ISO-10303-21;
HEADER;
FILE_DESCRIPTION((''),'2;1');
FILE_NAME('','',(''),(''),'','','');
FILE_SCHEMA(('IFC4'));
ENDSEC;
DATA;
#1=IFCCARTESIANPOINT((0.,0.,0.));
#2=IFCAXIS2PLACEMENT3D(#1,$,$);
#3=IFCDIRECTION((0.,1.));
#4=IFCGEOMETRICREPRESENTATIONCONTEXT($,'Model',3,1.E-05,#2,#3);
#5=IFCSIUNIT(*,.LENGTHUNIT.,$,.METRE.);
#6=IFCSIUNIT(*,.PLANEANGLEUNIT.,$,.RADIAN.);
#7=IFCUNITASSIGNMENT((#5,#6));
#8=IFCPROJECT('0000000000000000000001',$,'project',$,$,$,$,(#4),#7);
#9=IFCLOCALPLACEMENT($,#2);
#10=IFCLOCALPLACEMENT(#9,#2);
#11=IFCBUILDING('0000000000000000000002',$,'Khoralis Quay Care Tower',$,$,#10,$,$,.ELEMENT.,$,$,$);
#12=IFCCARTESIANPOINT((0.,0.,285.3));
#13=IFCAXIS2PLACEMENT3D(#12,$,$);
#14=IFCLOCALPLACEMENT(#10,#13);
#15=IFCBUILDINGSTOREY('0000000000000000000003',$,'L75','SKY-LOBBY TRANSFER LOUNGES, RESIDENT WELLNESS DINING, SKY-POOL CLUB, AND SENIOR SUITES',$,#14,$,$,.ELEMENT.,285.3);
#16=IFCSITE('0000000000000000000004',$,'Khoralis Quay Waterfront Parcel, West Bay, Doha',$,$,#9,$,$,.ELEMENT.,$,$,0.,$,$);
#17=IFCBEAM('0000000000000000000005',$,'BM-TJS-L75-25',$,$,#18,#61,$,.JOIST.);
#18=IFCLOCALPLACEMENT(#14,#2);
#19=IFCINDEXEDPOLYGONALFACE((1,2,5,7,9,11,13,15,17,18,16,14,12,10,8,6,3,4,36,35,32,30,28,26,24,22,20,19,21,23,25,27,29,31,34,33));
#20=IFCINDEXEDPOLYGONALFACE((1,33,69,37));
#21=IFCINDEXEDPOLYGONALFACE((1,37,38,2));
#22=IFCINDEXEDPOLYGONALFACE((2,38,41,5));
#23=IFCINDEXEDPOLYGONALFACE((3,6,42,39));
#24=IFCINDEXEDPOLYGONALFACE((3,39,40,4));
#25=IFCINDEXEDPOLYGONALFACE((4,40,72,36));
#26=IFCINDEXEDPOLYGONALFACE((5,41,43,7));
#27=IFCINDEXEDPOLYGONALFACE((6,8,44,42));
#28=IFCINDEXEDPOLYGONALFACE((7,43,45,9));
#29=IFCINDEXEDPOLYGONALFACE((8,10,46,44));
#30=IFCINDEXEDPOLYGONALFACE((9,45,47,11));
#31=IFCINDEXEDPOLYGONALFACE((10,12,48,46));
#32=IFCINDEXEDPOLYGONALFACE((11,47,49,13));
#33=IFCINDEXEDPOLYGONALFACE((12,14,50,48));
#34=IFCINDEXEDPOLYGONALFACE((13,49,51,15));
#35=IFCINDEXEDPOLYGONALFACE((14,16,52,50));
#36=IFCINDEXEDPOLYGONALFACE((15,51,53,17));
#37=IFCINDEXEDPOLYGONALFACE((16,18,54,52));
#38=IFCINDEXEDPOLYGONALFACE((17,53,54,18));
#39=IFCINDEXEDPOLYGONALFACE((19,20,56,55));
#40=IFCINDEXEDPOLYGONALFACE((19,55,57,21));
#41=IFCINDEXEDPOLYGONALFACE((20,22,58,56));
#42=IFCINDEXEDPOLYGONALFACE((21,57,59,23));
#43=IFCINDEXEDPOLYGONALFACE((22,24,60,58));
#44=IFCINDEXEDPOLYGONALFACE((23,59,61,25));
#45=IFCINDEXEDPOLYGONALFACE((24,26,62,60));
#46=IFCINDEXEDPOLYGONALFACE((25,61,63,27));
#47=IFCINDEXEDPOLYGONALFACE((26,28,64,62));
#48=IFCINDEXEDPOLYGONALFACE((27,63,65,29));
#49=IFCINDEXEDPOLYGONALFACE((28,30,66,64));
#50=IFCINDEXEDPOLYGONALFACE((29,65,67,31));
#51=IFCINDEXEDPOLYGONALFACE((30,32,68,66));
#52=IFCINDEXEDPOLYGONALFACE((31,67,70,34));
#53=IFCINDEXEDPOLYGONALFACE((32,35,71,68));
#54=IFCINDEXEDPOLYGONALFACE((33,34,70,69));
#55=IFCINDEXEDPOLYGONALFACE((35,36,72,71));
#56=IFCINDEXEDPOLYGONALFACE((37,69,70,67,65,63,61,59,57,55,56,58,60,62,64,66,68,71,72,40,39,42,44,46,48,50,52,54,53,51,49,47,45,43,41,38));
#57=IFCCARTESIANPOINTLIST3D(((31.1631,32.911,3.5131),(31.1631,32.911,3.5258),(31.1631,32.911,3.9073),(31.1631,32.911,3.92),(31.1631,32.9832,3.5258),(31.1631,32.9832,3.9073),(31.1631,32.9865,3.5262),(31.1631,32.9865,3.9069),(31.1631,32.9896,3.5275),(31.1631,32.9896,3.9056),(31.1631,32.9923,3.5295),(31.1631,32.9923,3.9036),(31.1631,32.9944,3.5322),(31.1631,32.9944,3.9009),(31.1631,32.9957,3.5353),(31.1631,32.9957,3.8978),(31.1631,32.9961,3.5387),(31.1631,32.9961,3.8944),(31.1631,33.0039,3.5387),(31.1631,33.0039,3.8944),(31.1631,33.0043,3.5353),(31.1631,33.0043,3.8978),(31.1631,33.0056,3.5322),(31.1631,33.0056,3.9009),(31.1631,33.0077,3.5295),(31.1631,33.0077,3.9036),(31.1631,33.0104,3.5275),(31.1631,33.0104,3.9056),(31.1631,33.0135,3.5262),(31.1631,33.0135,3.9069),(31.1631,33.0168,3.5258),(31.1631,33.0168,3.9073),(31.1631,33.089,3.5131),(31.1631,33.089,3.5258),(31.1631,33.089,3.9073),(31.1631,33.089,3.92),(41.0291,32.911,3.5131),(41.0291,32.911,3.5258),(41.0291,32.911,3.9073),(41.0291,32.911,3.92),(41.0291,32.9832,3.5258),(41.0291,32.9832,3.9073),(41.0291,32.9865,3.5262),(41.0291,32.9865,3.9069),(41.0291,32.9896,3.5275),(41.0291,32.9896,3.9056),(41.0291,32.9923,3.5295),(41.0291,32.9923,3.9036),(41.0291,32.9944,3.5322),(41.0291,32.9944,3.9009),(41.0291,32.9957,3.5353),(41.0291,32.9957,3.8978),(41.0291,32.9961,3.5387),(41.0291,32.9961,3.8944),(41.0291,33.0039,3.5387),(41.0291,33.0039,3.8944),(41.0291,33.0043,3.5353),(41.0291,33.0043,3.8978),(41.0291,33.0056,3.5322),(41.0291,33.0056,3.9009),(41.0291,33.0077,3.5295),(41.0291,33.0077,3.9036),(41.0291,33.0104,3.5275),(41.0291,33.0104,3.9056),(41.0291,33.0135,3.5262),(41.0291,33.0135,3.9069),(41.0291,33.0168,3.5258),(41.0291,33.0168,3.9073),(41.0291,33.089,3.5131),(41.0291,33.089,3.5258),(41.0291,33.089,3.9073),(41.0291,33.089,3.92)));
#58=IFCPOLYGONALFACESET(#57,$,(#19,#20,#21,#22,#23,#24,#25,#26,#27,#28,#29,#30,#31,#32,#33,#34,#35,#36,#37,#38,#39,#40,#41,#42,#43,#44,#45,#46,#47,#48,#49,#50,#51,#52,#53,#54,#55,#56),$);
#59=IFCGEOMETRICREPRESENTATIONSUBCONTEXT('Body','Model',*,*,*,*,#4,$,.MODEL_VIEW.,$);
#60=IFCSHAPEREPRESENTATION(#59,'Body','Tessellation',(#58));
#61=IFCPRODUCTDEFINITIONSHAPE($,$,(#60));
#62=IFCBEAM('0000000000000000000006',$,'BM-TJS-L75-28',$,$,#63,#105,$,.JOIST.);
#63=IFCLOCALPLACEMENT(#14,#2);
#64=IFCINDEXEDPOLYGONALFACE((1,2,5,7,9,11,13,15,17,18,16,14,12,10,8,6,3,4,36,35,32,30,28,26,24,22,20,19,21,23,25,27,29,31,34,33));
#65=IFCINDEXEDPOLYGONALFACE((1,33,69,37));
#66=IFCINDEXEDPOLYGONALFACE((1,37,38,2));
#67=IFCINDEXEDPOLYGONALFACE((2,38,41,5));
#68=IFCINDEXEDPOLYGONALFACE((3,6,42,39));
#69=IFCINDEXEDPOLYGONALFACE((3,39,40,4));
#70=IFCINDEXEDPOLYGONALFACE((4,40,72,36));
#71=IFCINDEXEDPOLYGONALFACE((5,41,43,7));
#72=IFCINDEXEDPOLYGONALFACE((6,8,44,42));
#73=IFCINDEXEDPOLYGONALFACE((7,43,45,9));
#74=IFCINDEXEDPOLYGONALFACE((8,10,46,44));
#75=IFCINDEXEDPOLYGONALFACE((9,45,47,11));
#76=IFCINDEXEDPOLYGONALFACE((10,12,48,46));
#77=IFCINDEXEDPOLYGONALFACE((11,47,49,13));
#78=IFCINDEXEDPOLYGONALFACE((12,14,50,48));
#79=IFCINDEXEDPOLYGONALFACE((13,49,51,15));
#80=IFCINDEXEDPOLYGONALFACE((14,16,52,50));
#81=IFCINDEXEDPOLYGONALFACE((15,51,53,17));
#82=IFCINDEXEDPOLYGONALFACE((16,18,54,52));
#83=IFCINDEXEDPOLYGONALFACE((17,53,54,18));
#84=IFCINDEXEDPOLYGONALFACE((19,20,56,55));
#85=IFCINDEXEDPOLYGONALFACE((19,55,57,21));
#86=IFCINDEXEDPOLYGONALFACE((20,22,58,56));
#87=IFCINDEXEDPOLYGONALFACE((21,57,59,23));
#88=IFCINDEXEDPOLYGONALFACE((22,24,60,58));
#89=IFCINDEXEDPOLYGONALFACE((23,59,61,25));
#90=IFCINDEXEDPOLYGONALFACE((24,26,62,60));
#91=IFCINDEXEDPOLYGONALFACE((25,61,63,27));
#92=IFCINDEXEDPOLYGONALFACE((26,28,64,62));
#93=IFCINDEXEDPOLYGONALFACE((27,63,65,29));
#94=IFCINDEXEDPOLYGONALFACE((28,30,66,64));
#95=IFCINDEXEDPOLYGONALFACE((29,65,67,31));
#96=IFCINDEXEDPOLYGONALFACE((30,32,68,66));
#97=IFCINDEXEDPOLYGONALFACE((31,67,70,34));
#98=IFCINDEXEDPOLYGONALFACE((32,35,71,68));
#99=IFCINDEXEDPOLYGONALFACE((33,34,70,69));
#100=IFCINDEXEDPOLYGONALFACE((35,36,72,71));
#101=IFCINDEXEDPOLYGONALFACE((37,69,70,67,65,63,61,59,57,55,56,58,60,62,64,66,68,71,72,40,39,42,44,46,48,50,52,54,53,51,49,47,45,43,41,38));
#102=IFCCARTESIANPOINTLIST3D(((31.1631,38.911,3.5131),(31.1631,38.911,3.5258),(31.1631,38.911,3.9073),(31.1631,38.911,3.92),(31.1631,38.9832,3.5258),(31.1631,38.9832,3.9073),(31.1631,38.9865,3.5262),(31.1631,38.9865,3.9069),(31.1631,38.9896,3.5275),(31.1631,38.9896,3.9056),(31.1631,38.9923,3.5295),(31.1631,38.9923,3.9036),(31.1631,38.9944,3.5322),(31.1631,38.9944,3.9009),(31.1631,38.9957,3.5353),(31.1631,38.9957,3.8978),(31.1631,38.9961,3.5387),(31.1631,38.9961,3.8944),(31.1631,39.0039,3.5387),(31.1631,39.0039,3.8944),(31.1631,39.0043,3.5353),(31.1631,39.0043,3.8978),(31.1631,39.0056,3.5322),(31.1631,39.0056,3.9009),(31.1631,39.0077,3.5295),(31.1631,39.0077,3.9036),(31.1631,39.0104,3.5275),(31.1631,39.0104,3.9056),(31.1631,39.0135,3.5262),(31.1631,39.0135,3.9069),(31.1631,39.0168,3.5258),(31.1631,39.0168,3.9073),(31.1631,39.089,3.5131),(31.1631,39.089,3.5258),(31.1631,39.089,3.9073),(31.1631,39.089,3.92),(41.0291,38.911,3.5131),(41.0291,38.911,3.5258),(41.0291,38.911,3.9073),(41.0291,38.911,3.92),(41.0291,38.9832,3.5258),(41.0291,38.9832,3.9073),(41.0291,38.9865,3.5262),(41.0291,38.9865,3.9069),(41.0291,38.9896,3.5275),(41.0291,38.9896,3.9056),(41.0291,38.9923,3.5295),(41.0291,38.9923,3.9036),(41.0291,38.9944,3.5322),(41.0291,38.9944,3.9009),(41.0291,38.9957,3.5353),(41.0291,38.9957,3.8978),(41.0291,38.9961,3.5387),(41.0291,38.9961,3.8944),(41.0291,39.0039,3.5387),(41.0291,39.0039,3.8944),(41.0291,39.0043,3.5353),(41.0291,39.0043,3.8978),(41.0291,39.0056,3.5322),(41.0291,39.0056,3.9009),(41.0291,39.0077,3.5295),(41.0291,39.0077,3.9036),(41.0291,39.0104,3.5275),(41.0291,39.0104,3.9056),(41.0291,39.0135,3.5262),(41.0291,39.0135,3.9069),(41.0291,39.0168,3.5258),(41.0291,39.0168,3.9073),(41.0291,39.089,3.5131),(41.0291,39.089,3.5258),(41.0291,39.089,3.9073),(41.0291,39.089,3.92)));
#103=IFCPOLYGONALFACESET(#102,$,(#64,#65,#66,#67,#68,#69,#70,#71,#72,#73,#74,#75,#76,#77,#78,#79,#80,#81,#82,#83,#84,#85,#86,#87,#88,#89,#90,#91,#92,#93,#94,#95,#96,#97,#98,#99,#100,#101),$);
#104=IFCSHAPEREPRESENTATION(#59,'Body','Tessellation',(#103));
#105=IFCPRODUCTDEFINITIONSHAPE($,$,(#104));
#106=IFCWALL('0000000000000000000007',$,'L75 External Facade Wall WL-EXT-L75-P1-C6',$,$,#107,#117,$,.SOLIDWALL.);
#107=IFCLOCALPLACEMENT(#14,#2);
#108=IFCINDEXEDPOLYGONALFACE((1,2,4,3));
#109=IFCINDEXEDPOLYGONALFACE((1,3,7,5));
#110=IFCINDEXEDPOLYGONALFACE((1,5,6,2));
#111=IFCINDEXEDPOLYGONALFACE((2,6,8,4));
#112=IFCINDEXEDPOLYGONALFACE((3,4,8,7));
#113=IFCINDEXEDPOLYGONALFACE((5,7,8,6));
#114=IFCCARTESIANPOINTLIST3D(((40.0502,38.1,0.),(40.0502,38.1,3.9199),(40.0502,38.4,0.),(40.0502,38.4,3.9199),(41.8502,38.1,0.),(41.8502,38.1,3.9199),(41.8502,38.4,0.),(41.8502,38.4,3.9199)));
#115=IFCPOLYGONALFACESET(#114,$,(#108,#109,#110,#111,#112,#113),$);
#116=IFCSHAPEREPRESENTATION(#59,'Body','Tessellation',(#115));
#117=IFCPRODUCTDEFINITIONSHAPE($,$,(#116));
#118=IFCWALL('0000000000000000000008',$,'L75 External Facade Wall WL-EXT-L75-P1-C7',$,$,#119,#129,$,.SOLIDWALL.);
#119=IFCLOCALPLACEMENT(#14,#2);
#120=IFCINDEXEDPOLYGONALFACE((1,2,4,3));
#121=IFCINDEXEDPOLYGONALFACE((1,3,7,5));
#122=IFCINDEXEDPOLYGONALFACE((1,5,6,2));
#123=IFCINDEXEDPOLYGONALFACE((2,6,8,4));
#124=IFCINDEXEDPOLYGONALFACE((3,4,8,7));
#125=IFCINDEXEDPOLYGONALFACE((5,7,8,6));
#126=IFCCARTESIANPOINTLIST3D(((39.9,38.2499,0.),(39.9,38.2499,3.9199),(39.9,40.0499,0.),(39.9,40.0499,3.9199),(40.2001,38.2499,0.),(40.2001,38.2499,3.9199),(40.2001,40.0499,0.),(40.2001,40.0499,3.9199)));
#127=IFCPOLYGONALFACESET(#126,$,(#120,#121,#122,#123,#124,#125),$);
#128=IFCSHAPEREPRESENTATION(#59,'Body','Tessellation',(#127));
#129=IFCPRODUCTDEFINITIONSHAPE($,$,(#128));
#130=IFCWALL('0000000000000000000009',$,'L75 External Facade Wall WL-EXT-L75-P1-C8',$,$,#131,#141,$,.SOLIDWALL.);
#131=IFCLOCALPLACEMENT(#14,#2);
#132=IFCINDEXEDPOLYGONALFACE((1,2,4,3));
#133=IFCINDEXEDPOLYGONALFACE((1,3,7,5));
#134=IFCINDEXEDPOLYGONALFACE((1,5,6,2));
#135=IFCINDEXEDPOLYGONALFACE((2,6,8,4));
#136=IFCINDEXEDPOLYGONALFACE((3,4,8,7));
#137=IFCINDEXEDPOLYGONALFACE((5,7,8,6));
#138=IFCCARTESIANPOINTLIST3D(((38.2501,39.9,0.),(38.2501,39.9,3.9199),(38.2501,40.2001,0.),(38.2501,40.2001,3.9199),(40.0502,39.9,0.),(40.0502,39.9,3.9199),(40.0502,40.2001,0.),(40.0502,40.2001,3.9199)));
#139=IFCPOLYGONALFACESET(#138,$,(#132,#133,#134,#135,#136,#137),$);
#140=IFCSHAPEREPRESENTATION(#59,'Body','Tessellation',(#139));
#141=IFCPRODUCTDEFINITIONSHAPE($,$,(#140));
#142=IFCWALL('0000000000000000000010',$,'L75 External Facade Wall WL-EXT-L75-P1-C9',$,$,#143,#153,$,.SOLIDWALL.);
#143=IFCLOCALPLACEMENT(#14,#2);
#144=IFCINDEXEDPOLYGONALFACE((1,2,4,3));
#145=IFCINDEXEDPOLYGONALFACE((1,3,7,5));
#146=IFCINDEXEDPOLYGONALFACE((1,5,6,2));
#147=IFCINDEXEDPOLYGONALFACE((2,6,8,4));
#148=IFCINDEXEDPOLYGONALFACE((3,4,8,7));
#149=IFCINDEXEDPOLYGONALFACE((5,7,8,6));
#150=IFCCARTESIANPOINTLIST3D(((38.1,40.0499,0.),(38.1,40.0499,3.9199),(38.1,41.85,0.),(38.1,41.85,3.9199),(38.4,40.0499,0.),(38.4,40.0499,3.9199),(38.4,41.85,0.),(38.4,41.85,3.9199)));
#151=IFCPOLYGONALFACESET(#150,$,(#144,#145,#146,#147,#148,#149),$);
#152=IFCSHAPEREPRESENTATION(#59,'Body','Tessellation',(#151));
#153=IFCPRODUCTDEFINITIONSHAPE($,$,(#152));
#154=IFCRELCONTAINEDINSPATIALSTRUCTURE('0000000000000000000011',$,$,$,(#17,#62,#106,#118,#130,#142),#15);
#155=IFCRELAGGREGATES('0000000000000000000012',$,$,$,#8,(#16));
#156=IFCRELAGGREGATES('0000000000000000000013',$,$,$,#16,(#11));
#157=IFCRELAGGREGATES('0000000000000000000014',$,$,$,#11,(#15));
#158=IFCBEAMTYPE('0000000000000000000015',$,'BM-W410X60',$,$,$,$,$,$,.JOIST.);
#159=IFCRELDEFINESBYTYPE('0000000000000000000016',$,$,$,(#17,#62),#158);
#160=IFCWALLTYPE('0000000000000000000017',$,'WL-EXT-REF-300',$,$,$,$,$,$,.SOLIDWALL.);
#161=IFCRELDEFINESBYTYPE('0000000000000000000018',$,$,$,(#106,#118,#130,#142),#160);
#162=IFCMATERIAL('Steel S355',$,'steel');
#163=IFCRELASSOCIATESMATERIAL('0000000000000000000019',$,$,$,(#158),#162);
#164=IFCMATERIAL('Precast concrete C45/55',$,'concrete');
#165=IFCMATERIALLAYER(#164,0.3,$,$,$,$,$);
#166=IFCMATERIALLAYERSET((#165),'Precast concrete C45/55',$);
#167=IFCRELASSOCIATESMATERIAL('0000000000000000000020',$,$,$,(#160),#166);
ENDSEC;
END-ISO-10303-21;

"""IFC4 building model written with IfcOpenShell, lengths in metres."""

from ifc_helpers import new_model, si_unit, direction, frame, frame_2d, origin, origin_2d, place, context, subcontext, project, spatial, rectangle, i_section, extrude, source, transform, mapped, material, layer, layer_set, material_profile, profile_set, type_object, element, save


model = new_model("IFC4")

# Units and contexts
model_context = context("Model", 3, precision=1e-05, world=origin(), true_north=direction((0.0, 1.0)))
body_context = subcontext(model_context, "Body", "Model", "MODEL_VIEW")
ifc_project = project(units=[si_unit("LENGTHUNIT", "METRE"), si_unit("PLANEANGLEUNIT", "RADIAN")], contexts=[model_context])

# Site, building, storey
site_placement = place(None, origin())
site = spatial("IfcSite", under=ifc_project, at=site_placement, Name="Khoralis Quay Waterfront Parcel, West Bay, Doha", CompositionType="ELEMENT", RefElevation=0.0)
building_placement = place(site_placement, origin())
building = spatial("IfcBuilding", under=site, at=building_placement, Name="Khoralis Quay Care Tower", CompositionType="ELEMENT")
storey_placement = place(building_placement, frame((0.0, 0.0, 285.3)))
storey = spatial("IfcBuildingStorey", under=building, at=storey_placement, Name="L75", Description="SKY-LOBBY TRANSFER LOUNGES, RESIDENT WELLNESS DINING, SKY-POOL CLUB, AND SENIOR SUITES", CompositionType="ELEMENT", Elevation=285.3)

# Beams
ifc_material_1 = material(Name="Steel S355", Category="steel")
ifc_material_profile_1 = material_profile(ifc_material_1, i_section(OverallWidth=0.178, OverallDepth=0.407, WebThickness=0.0078, FlangeThickness=0.0127, FilletRadius=0.0129, at=origin_2d()), Name="Steel S355")
ifc_profile_set_1 = profile_set([ifc_material_profile_1], Name="Steel S355")
beam_type_1 = type_object("IfcBeamType", Name="BM-W410X60", PredefinedType="JOIST", material=ifc_profile_set_1)
shared_shape_1 = source(origin(), body_context, "Body", "SweptSolid", [
    extrude(i_section(OverallWidth=0.178, OverallDepth=0.407, WebThickness=0.0078, FlangeThickness=0.0127, FilletRadius=0.0129, at=origin_2d()), origin(), (0.0, 0.0, 1.0), 9.866),
])
for number, where, z_axis, x_axis, name in (
    (1, (31.1631, 33.0, 3.7166), (1.0, 0.0, 0.0), (0.0, 1.0, 0.0), "BM-TJS-L75-25"),
    (2, (31.1631, 39.0, 3.7166), (1.0, 0.0, 0.0), (0.0, 1.0, 0.0), "BM-TJS-L75-28"),
):
    element("IfcBeam", number, at=place(storey_placement, frame(where, z_axis=z_axis, x_axis=x_axis)), inside=storey, type_object=beam_type_1, Name=name, PredefinedType="JOIST", context=body_context, shape_type="MappedRepresentation", body=[
        mapped(shared_shape_1, transform((0.0, 0.0, 0.0), scale=1.0)),
    ])

# Walls
ifc_material_2 = material(Name="Precast concrete C45/55", Category="concrete")
ifc_layer_1 = layer(ifc_material_2, 0.3)
ifc_layer_set_1 = layer_set([ifc_layer_1], Name="Precast concrete C45/55")
wall_type_1 = type_object("IfcWallType", Name="WL-EXT-REF-300", PredefinedType="SOLIDWALL", material=ifc_layer_set_1)
for number, where, z_axis, x_axis, name in (
    (3, (41.8501, 38.25, 0.0), (0.0, 0.0, 1.0), (-1.0, 0.0, 0.0), "L75 External Facade Wall WL-EXT-L75-P1-C6"),
    (4, (40.05, 38.25, 0.0), (0.0, 0.0, 1.0), (0.0, 1.0, 0.0), "L75 External Facade Wall WL-EXT-L75-P1-C7"),
    (5, (40.05, 40.05, 0.0), (0.0, 0.0, 1.0), (-1.0, 0.0, 0.0), "L75 External Facade Wall WL-EXT-L75-P1-C8"),
    (6, (38.25, 40.05, 0.0), (0.0, 0.0, 1.0), (0.0, 1.0, 0.0), "L75 External Facade Wall WL-EXT-L75-P1-C9"),
):
    element("IfcWall", number, at=place(storey_placement, frame(where, z_axis=z_axis, x_axis=x_axis)), inside=storey, type_object=wall_type_1, Name=name, PredefinedType="SOLIDWALL", context=body_context, shape_type="SweptSolid", body=[
        extrude(rectangle(XDim=1.8, YDim=0.3, at=frame_2d((0.8999, 0.0))), origin(), (0.0, 0.0, 1.0), 3.9199),
    ])

save(model, "model.ifc")
